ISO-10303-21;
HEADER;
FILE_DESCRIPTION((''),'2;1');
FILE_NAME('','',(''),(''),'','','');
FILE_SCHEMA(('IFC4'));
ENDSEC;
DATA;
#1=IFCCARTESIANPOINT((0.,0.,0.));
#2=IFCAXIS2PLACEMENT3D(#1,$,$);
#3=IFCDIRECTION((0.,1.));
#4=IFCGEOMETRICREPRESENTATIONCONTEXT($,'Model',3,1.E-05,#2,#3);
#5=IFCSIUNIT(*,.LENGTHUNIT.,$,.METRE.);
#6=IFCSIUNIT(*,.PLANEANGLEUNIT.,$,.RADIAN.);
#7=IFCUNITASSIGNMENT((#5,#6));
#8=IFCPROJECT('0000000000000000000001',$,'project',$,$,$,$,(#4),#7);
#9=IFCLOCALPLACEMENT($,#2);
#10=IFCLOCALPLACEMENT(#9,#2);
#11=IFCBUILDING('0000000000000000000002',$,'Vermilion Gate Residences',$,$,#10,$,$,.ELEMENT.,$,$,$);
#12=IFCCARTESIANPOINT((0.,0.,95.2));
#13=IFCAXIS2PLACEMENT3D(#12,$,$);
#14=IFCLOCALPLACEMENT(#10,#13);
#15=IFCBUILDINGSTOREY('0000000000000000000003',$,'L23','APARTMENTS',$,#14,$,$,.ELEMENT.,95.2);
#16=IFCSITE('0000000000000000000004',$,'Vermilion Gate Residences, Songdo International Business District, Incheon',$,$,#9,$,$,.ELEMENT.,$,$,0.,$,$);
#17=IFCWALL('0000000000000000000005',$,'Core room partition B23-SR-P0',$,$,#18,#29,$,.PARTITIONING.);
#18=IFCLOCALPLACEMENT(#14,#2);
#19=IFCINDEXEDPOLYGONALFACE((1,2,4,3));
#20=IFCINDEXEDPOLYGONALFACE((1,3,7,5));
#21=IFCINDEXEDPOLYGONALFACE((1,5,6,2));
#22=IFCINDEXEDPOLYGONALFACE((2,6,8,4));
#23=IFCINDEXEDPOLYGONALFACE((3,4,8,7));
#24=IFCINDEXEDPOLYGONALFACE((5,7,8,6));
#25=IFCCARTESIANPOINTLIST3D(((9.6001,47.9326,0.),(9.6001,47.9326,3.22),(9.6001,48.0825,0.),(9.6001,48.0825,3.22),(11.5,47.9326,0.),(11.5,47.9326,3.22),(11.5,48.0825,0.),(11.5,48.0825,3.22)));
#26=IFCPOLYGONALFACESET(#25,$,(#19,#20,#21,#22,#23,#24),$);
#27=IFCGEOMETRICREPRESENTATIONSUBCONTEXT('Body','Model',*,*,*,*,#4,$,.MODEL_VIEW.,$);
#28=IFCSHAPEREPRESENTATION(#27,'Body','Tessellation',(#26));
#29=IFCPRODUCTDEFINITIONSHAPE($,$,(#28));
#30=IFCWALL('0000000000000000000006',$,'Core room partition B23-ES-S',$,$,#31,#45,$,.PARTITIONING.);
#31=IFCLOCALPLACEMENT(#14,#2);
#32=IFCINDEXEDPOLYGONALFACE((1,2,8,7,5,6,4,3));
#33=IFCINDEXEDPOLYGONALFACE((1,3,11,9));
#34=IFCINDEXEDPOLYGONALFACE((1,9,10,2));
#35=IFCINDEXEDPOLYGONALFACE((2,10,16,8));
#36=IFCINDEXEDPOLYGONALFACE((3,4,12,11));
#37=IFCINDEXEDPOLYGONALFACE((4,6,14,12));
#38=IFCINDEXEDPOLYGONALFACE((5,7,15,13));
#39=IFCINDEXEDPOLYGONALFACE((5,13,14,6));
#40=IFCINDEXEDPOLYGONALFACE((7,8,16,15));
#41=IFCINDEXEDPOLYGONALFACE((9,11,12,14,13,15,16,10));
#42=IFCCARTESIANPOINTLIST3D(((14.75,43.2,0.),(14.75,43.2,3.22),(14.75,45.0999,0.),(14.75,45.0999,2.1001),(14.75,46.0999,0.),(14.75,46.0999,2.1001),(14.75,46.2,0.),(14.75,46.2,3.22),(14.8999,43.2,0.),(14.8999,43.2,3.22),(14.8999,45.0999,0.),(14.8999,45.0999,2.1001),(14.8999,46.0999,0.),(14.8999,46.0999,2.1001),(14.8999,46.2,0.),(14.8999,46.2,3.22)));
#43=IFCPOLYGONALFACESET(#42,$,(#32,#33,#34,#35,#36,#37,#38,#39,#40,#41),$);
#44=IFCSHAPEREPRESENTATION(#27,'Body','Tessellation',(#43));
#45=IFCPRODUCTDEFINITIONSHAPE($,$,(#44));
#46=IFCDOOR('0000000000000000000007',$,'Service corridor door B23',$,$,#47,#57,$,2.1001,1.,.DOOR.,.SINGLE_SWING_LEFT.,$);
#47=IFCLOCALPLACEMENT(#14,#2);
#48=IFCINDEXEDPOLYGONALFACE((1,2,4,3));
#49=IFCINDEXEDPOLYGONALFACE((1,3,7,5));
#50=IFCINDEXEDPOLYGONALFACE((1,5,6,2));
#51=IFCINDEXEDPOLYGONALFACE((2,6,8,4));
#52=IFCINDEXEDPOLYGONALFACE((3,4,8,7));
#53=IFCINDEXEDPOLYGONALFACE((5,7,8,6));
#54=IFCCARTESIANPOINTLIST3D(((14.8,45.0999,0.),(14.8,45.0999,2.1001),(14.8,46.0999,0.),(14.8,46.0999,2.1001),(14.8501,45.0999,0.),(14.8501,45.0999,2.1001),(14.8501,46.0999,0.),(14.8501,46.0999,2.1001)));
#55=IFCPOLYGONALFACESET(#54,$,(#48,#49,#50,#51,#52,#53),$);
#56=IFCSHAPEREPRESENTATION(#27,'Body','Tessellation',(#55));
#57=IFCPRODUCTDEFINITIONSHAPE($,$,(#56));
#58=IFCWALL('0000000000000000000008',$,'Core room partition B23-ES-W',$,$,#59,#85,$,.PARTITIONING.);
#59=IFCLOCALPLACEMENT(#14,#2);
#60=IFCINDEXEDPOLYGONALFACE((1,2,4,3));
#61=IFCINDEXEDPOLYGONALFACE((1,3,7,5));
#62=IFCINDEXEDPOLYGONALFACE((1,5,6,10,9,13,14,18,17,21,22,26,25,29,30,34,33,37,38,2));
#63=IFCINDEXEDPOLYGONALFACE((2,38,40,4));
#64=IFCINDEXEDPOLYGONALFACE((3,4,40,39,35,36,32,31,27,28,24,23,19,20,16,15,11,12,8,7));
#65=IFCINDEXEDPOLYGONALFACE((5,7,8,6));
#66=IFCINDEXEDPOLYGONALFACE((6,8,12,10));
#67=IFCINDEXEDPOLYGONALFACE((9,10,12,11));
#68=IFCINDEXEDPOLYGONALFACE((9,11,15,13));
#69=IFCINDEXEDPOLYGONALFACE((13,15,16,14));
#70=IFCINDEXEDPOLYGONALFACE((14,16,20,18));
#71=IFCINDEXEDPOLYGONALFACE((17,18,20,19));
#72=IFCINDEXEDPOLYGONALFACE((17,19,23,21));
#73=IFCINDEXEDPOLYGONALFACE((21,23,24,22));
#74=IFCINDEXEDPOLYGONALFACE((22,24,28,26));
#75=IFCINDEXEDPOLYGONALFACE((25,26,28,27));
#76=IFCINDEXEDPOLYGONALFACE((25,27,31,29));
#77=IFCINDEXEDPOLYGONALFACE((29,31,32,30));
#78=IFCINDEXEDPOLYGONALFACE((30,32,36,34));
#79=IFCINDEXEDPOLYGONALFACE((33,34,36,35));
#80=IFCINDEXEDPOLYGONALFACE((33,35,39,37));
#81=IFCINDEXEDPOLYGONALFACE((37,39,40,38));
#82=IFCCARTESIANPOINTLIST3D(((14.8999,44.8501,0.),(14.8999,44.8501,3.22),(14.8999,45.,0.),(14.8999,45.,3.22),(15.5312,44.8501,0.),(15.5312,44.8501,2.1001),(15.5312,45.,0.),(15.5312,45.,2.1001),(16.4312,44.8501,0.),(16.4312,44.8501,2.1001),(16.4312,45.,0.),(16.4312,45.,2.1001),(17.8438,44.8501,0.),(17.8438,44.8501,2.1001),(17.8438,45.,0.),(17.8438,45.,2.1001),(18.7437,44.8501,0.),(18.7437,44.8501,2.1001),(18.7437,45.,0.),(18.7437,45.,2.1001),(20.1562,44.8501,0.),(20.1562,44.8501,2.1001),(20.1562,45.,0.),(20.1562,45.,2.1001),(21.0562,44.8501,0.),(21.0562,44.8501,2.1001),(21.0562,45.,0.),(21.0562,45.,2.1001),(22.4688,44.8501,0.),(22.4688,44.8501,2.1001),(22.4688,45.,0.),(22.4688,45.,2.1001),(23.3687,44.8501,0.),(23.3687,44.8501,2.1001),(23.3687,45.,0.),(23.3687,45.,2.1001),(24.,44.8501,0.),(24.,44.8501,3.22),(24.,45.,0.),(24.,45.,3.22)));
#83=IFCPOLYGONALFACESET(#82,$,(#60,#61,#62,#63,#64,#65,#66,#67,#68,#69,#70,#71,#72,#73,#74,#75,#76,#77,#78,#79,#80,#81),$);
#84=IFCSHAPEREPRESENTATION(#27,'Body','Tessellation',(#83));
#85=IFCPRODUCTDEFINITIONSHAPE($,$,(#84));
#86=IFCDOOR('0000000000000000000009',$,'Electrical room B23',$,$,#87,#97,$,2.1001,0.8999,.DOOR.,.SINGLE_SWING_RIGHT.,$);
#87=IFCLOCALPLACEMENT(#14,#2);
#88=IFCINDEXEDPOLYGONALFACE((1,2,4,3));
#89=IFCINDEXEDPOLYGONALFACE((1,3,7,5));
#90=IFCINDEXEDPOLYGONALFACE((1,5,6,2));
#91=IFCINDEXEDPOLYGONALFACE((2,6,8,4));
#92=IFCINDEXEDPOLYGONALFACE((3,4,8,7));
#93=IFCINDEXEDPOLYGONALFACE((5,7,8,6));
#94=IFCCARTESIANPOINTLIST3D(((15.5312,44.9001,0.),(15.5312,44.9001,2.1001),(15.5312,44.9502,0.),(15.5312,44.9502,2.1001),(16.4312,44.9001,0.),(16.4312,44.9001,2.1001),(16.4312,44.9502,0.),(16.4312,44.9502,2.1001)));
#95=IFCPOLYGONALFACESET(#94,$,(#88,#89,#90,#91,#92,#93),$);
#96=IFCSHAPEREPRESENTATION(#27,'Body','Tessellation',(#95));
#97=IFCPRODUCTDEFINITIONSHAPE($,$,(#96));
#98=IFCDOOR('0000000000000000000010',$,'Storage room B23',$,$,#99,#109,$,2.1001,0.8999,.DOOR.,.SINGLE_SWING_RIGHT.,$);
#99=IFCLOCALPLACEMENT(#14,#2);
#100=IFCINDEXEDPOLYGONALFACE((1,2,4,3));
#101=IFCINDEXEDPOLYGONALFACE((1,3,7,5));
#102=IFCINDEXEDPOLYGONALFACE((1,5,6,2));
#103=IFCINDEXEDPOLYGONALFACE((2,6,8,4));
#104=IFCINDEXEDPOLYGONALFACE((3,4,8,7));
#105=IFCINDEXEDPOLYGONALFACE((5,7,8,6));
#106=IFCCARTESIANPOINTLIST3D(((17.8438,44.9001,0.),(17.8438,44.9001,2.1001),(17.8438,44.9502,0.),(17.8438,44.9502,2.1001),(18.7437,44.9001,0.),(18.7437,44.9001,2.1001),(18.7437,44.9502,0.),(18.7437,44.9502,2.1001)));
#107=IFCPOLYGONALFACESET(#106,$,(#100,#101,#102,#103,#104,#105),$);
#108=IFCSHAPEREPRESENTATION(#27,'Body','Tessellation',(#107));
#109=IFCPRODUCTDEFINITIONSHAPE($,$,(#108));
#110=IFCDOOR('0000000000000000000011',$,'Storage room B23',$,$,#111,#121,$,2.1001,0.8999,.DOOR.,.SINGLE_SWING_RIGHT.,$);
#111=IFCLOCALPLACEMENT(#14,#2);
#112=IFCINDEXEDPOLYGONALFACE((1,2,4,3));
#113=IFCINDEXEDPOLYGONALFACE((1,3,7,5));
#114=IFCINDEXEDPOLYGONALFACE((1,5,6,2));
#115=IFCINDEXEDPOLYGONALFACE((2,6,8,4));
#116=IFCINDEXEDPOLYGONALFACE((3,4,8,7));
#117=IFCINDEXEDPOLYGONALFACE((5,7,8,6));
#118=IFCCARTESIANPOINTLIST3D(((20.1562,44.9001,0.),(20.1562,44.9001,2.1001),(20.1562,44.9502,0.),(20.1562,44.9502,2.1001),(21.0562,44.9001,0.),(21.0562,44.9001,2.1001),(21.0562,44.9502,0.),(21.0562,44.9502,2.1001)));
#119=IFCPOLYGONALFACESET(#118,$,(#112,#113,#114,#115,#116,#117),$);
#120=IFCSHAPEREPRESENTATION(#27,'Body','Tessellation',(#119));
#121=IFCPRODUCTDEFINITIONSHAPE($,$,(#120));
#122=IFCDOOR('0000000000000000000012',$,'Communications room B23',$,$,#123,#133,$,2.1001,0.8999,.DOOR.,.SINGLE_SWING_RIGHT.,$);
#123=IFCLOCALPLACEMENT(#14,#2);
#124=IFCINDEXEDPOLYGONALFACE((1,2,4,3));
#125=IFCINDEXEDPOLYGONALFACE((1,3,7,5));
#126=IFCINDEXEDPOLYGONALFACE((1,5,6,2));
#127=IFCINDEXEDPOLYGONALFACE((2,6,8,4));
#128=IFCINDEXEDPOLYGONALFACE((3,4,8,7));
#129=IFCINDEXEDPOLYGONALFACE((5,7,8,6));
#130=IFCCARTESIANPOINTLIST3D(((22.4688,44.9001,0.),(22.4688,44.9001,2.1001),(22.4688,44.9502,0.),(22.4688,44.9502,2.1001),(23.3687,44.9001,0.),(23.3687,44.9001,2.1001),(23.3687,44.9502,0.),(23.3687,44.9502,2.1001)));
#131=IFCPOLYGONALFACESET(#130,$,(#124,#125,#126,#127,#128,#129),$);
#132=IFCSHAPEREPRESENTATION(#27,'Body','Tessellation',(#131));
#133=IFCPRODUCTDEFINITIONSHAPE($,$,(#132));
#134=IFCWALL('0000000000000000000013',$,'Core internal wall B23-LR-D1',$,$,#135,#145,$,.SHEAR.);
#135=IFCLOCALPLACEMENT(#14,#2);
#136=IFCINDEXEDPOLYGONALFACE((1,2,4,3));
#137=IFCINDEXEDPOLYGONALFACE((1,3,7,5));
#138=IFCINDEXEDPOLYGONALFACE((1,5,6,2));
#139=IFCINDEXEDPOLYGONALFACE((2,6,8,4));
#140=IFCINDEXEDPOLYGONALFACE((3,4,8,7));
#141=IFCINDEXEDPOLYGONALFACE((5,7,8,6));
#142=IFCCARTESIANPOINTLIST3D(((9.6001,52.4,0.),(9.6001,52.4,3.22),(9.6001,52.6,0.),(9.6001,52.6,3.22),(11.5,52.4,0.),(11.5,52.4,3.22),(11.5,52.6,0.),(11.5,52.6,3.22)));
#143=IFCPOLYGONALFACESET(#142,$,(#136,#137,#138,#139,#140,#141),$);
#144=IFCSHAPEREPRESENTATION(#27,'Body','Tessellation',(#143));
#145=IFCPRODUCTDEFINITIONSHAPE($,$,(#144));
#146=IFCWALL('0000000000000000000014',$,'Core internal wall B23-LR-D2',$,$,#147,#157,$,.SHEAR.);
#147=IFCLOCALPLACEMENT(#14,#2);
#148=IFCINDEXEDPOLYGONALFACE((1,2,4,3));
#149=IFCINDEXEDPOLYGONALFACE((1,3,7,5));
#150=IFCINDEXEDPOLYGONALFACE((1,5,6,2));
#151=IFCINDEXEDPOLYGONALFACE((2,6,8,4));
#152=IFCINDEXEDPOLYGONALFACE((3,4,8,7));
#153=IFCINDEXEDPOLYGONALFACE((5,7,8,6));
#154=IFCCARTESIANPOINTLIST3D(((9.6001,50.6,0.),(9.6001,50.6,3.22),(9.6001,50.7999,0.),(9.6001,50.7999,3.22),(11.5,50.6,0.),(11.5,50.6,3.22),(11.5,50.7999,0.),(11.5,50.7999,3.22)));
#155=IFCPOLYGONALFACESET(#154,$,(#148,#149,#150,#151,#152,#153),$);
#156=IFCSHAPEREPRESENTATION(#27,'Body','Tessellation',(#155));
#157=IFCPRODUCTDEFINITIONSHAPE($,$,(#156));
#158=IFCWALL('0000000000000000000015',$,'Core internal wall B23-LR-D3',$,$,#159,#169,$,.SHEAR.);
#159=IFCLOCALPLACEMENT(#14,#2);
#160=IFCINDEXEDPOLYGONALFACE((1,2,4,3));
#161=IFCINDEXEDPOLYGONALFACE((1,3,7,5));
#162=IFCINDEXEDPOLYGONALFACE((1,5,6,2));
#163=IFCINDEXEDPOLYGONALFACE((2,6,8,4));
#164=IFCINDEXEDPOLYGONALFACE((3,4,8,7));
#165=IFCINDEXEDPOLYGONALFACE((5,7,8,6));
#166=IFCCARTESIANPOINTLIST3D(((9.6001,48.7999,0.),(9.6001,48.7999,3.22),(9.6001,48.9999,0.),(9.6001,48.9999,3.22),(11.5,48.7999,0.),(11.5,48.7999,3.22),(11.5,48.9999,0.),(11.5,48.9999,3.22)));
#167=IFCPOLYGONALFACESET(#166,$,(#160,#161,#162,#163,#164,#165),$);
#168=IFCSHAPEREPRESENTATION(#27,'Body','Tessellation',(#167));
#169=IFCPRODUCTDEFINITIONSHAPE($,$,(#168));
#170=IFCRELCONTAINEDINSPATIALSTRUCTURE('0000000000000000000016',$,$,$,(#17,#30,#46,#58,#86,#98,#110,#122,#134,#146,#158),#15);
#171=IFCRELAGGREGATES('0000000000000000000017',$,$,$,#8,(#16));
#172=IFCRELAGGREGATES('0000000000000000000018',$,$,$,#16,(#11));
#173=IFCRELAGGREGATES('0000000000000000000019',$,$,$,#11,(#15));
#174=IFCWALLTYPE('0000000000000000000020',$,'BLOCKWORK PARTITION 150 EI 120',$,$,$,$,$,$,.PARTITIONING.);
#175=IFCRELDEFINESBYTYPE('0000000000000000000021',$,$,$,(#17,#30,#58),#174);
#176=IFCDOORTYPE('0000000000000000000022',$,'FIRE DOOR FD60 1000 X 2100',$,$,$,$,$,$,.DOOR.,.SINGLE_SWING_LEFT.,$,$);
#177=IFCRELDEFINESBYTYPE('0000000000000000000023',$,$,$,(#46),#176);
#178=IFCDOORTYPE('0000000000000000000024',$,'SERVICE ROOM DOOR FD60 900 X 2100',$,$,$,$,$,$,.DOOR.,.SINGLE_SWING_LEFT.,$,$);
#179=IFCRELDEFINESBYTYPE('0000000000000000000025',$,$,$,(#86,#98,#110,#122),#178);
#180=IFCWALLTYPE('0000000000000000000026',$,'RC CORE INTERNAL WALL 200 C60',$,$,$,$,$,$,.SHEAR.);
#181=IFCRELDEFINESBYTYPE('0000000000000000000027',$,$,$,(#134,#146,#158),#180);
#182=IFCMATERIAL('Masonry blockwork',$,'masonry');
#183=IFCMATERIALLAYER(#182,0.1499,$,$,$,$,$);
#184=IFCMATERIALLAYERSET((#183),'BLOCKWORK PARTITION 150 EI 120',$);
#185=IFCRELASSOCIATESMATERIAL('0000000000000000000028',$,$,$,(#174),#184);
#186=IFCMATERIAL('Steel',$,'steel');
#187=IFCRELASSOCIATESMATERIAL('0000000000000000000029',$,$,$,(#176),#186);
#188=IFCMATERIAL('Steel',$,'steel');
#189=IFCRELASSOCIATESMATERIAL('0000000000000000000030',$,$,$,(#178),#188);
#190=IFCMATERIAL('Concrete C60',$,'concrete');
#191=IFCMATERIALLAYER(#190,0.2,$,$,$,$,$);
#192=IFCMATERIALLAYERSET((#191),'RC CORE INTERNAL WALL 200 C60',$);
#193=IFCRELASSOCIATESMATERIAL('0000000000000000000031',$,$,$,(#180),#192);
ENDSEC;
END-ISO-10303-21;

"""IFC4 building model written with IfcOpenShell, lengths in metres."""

from ifc_helpers import new_model, si_unit, direction, frame, frame_2d, origin, place, context, subcontext, project, spatial, rectangle, extrude, material, layer, layer_set, type_object, element, fill, save


model = new_model("IFC4")

# Units and contexts
model_context = context("Model", 3, precision=1e-05, world=origin(), true_north=direction((0.0, 1.0)))
body_context = subcontext(model_context, "Body", "Model", "MODEL_VIEW")
ifc_project = project(units=[si_unit("LENGTHUNIT", "METRE"), si_unit("PLANEANGLEUNIT", "RADIAN")], contexts=[model_context])

# Site, building, storey
site_placement = place(None, origin())
site = spatial("IfcSite", under=ifc_project, at=site_placement, Name="Vermilion Gate Residences, Songdo International Business District, Incheon", CompositionType="ELEMENT", RefElevation=0.0)
building_placement = place(site_placement, origin())
building = spatial("IfcBuilding", under=site, at=building_placement, Name="Vermilion Gate Residences", CompositionType="ELEMENT")
storey_placement = place(building_placement, frame((0.0, 0.0, 95.2)))
storey = spatial("IfcBuildingStorey", under=building, at=storey_placement, Name="L23", Description="APARTMENTS", CompositionType="ELEMENT", Elevation=95.2)

# Wall
ifc_material_1 = material(Name="Masonry blockwork", Category="masonry")
ifc_layer_1 = layer(ifc_material_1, 0.1499)
ifc_layer_set_1 = layer_set([ifc_layer_1], Name="BLOCKWORK PARTITION 150 EI 120")
wall_type_1 = type_object("IfcWallType", Name="BLOCKWORK PARTITION 150 EI 120", PredefinedType="PARTITIONING", material=ifc_layer_set_1)
wall_1_placement = place(storey_placement, frame((9.6001, 48.0076, 0.0), z_axis=(0.0, 0.0, 1.0), x_axis=(1.0, 0.0, 0.0)))
element("IfcWall", 1, at=wall_1_placement, inside=storey, type_object=wall_type_1, Name="Core room partition B23-SR-P0", PredefinedType="PARTITIONING", context=body_context, shape_type="SweptSolid", body=[
    extrude(rectangle(XDim=1.8999, YDim=0.1499, at=frame_2d((0.95, 0.0))), origin(), (0.0, 0.0, 1.0), 3.22),
])

# Wall, opening, door
wall_2_placement = place(storey_placement, frame((14.825, 46.2, 0.0), z_axis=(0.0, 0.0, 1.0), x_axis=(0.0, -1.0, 0.0)))
wall_2 = element("IfcWall", 2, at=wall_2_placement, inside=storey, type_object=wall_type_1, Name="Core room partition B23-ES-S", PredefinedType="PARTITIONING", context=body_context, shape_type="SweptSolid", body=[
    extrude(rectangle(XDim=3.0, YDim=0.1499, at=frame_2d((1.5, 0.0))), origin(), (0.0, 0.0, 1.0), 3.22),
])
opening_1_placement = place(wall_2_placement, frame((0.1001, 0.0, 0.0)))
opening_1 = element("IfcOpeningElement", 3, at=opening_1_placement, cuts=wall_2, PredefinedType="OPENING", context=body_context, shape_type="SweptSolid", body=[
    extrude(rectangle(XDim=1.0, YDim=2.1001, at=frame_2d((0.5, 1.05))), frame((0.0, 0.085, 0.0), z_axis=(0.0, -1.0, 0.0), x_axis=(1.0, 0.0, 0.0)), (0.0, 0.0, 1.0), 0.1699),
])
ifc_material_2 = material(Name="Steel", Category="steel")
door_type_1 = type_object("IfcDoorType", Name="FIRE DOOR FD60 1000 X 2100", OperationType="SINGLE_SWING_LEFT", PredefinedType="DOOR", material=ifc_material_2)
door_1_placement = place(opening_1_placement, frame((1.0, 0.0, 0.0), z_axis=(0.0, 0.0, 1.0), x_axis=(-1.0, 0.0, 0.0)))
door_1 = element("IfcDoor", 4, at=door_1_placement, inside=storey, type_object=door_type_1, Name="Service corridor door B23", OperationType="SINGLE_SWING_LEFT", OverallHeight=2.1001, OverallWidth=1.0, PredefinedType="DOOR", context=body_context, shape_type="SweptSolid", body=[
    extrude(rectangle(XDim=1.0, YDim=2.1001, at=frame_2d((0.5, 1.05))), frame((0.0, 0.0249, 0.0), z_axis=(0.0, -1.0, 0.0), x_axis=(1.0, 0.0, 0.0)), (0.0, 0.0, 1.0), 0.05),
])
fill(opening_1, door_1)

# Wall, openings, doors
wall_3_placement = place(storey_placement, frame((14.8999, 44.925, 0.0), z_axis=(0.0, 0.0, 1.0), x_axis=(1.0, 0.0, 0.0)))
wall_3 = element("IfcWall", 5, at=wall_3_placement, inside=storey, type_object=wall_type_1, Name="Core room partition B23-ES-W", PredefinedType="PARTITIONING", context=body_context, shape_type="SweptSolid", body=[
    extrude(rectangle(XDim=9.1001, YDim=0.1499, at=frame_2d((4.55, 0.0))), origin(), (0.0, 0.0, 1.0), 3.22),
])
opening_2_placement = place(wall_3_placement, frame((0.6313, 0.0, 0.0)))
opening_2 = element("IfcOpeningElement", 6, at=opening_2_placement, cuts=wall_3, PredefinedType="OPENING", context=body_context, shape_type="SweptSolid", body=[
    extrude(rectangle(XDim=0.8999, YDim=2.1001, at=frame_2d((0.45, 1.05))), frame((0.0, 0.085, 0.0), z_axis=(0.0, -1.0, 0.0), x_axis=(1.0, 0.0, 0.0)), (0.0, 0.0, 1.0), 0.1699),
])
opening_3_placement = place(wall_3_placement, frame((2.9438, 0.0, 0.0)))
opening_3 = element("IfcOpeningElement", 7, at=opening_3_placement, cuts=wall_3, PredefinedType="OPENING", context=body_context, shape_type="SweptSolid", body=[
    extrude(rectangle(XDim=0.8999, YDim=2.1001, at=frame_2d((0.45, 1.05))), frame((0.0, 0.085, 0.0), z_axis=(0.0, -1.0, 0.0), x_axis=(1.0, 0.0, 0.0)), (0.0, 0.0, 1.0), 0.1699),
])
opening_4_placement = place(wall_3_placement, frame((5.2563, 0.0, 0.0)))
opening_4 = element("IfcOpeningElement", 8, at=opening_4_placement, cuts=wall_3, PredefinedType="OPENING", context=body_context, shape_type="SweptSolid", body=[
    extrude(rectangle(XDim=0.8999, YDim=2.1001, at=frame_2d((0.45, 1.05))), frame((0.0, 0.085, 0.0), z_axis=(0.0, -1.0, 0.0), x_axis=(1.0, 0.0, 0.0)), (0.0, 0.0, 1.0), 0.1699),
])
opening_5_placement = place(wall_3_placement, frame((7.5688, 0.0, 0.0)))
opening_5 = element("IfcOpeningElement", 9, at=opening_5_placement, cuts=wall_3, PredefinedType="OPENING", context=body_context, shape_type="SweptSolid", body=[
    extrude(rectangle(XDim=0.8999, YDim=2.1001, at=frame_2d((0.45, 1.05))), frame((0.0, 0.085, 0.0), z_axis=(0.0, -1.0, 0.0), x_axis=(1.0, 0.0, 0.0)), (0.0, 0.0, 1.0), 0.1699),
])
ifc_material_3 = material(Name="Steel", Category="steel")
door_type_2 = type_object("IfcDoorType", Name="SERVICE ROOM DOOR FD60 900 X 2100", OperationType="SINGLE_SWING_LEFT", PredefinedType="DOOR", material=ifc_material_3)
door_2_placement = place(opening_2_placement, frame((0.8999, 0.0, 0.0), z_axis=(0.0, 0.0, 1.0), x_axis=(-1.0, 0.0, 0.0)))
door_2 = element("IfcDoor", 10, at=door_2_placement, inside=storey, type_object=door_type_2, Name="Electrical room B23", OperationType="SINGLE_SWING_RIGHT", OverallHeight=2.1001, OverallWidth=0.8999, PredefinedType="DOOR", context=body_context, shape_type="SweptSolid", body=[
    extrude(rectangle(XDim=0.8999, YDim=2.1001, at=frame_2d((0.45, 1.05))), frame((0.0, 0.0249, 0.0), z_axis=(0.0, -1.0, 0.0), x_axis=(1.0, 0.0, 0.0)), (0.0, 0.0, 1.0), 0.05),
])
fill(opening_2, door_2)
door_3_placement = place(opening_3_placement, frame((0.8999, 0.0, 0.0), z_axis=(0.0, 0.0, 1.0), x_axis=(-1.0, 0.0, 0.0)))
door_3 = element("IfcDoor", 11, at=door_3_placement, inside=storey, type_object=door_type_2, Name="Storage room B23", OperationType="SINGLE_SWING_RIGHT", OverallHeight=2.1001, OverallWidth=0.8999, PredefinedType="DOOR", context=body_context, shape_type="SweptSolid", body=[
    extrude(rectangle(XDim=0.8999, YDim=2.1001, at=frame_2d((0.45, 1.05))), frame((0.0, 0.0249, 0.0), z_axis=(0.0, -1.0, 0.0), x_axis=(1.0, 0.0, 0.0)), (0.0, 0.0, 1.0), 0.05),
])
fill(opening_3, door_3)
door_4_placement = place(opening_4_placement, frame((0.8999, 0.0, 0.0), z_axis=(0.0, 0.0, 1.0), x_axis=(-1.0, 0.0, 0.0)))
door_4 = element("IfcDoor", 12, at=door_4_placement, inside=storey, type_object=door_type_2, Name="Storage room B23", OperationType="SINGLE_SWING_RIGHT", OverallHeight=2.1001, OverallWidth=0.8999, PredefinedType="DOOR", context=body_context, shape_type="SweptSolid", body=[
    extrude(rectangle(XDim=0.8999, YDim=2.1001, at=frame_2d((0.45, 1.05))), frame((0.0, 0.0249, 0.0), z_axis=(0.0, -1.0, 0.0), x_axis=(1.0, 0.0, 0.0)), (0.0, 0.0, 1.0), 0.05),
])
fill(opening_4, door_4)
door_5_placement = place(opening_5_placement, frame((0.8999, 0.0, 0.0), z_axis=(0.0, 0.0, 1.0), x_axis=(-1.0, 0.0, 0.0)))
door_5 = element("IfcDoor", 13, at=door_5_placement, inside=storey, type_object=door_type_2, Name="Communications room B23", OperationType="SINGLE_SWING_RIGHT", OverallHeight=2.1001, OverallWidth=0.8999, PredefinedType="DOOR", context=body_context, shape_type="SweptSolid", body=[
    extrude(rectangle(XDim=0.8999, YDim=2.1001, at=frame_2d((0.45, 1.05))), frame((0.0, 0.0249, 0.0), z_axis=(0.0, -1.0, 0.0), x_axis=(1.0, 0.0, 0.0)), (0.0, 0.0, 1.0), 0.05),
])
fill(opening_5, door_5)

# Walls
ifc_material_4 = material(Name="Concrete C60", Category="concrete")
ifc_layer_2 = layer(ifc_material_4, 0.2)
ifc_layer_set_2 = layer_set([ifc_layer_2], Name="RC CORE INTERNAL WALL 200 C60")
wall_type_2 = type_object("IfcWallType", Name="RC CORE INTERNAL WALL 200 C60", PredefinedType="SHEAR", material=ifc_layer_set_2)
for number, where, z_axis, x_axis, name in (
    (14, (9.6001, 52.5, 0.0), (0.0, 0.0, 1.0), (1.0, 0.0, 0.0), "Core internal wall B23-LR-D1"),
    (15, (9.6001, 50.7, 0.0), (0.0, 0.0, 1.0), (1.0, 0.0, 0.0), "Core internal wall B23-LR-D2"),
    (16, (9.6001, 48.8999, 0.0), (0.0, 0.0, 1.0), (1.0, 0.0, 0.0), "Core internal wall B23-LR-D3"),
):
    element("IfcWall", number, at=place(storey_placement, frame(where, z_axis=z_axis, x_axis=x_axis)), inside=storey, type_object=wall_type_2, Name=name, PredefinedType="SHEAR", context=body_context, shape_type="SweptSolid", body=[
        extrude(rectangle(XDim=1.8999, YDim=0.2, at=frame_2d((0.95, 0.0))), origin(), (0.0, 0.0, 1.0), 3.22),
    ])

save(model, "model.ifc")
